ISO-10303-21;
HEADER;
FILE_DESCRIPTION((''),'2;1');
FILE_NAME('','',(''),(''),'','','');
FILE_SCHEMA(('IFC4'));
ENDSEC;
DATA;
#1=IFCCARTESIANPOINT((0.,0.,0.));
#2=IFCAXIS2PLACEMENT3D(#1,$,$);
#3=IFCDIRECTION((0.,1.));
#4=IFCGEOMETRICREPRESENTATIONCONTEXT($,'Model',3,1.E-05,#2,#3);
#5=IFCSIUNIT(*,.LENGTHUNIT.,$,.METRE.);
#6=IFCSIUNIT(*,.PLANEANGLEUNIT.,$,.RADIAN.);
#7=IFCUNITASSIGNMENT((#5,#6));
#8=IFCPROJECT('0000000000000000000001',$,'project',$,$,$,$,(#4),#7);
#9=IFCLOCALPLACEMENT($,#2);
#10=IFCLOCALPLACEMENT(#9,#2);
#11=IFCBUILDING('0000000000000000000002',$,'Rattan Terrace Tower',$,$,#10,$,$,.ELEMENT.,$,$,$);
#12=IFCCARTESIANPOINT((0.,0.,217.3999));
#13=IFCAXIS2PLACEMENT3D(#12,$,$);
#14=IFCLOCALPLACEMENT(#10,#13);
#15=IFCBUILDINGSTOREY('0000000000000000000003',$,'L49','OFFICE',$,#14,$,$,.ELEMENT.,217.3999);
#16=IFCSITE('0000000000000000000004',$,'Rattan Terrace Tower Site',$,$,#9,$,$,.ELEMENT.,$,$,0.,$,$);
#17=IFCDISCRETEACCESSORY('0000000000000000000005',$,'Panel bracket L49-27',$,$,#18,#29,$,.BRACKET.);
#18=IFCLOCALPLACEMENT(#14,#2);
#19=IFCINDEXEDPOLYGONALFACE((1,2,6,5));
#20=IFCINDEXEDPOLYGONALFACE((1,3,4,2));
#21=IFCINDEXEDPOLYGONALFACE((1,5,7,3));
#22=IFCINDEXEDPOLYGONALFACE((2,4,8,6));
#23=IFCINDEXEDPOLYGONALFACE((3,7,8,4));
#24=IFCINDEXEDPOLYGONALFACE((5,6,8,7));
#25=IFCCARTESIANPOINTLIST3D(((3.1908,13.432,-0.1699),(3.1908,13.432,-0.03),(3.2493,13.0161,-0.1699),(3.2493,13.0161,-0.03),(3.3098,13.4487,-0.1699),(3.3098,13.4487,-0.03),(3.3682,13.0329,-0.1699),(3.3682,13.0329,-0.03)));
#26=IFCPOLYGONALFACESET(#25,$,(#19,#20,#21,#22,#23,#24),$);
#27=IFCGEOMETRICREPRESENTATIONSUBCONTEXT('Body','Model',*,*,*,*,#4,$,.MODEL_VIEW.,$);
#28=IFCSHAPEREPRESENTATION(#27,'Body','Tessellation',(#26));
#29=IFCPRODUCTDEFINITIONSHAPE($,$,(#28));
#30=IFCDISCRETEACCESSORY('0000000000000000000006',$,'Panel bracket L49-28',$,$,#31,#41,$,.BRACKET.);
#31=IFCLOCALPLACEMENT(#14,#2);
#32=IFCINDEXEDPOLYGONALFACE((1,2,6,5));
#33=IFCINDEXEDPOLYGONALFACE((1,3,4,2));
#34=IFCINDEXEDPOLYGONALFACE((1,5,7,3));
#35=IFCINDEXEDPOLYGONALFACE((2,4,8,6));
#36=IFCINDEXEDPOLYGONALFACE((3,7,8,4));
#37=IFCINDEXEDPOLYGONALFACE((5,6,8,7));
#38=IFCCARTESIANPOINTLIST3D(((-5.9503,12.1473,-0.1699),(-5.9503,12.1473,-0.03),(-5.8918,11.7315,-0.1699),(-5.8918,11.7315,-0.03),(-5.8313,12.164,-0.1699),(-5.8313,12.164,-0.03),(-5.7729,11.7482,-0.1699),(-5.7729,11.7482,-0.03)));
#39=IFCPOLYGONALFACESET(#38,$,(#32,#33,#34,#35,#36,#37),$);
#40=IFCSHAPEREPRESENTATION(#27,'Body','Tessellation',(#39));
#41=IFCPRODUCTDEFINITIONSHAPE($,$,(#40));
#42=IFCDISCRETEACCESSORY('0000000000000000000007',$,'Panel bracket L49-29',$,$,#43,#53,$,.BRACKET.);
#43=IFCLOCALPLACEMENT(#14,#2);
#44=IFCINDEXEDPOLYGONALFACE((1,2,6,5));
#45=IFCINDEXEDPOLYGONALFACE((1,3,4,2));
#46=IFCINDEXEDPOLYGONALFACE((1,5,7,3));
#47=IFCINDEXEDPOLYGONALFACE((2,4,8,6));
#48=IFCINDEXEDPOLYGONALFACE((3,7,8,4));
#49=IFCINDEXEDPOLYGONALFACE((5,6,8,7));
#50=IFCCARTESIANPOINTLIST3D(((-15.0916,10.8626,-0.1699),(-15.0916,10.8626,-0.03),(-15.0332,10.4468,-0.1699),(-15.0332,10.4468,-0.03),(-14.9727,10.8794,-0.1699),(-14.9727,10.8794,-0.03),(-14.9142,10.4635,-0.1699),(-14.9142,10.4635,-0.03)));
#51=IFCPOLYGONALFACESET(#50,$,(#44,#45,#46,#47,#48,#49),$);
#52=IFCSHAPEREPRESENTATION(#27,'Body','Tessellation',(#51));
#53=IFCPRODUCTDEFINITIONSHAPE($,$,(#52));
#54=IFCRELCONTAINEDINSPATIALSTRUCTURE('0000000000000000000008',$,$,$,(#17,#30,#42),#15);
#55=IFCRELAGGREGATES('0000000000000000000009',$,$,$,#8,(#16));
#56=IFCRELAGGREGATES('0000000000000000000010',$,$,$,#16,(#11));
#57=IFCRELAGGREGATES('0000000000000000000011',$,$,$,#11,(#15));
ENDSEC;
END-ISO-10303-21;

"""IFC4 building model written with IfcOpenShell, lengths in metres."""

from ifc_helpers import new_model, si_unit, direction, frame, origin, origin_2d, place, context, subcontext, project, spatial, rectangle, extrude, element, save


model = new_model("IFC4")

# Units and contexts
model_context = context("Model", 3, precision=1e-05, world=origin(), true_north=direction((0.0, 1.0)))
body_context = subcontext(model_context, "Body", "Model", "MODEL_VIEW")
ifc_project = project(units=[si_unit("LENGTHUNIT", "METRE"), si_unit("PLANEANGLEUNIT", "RADIAN")], contexts=[model_context])

# Site, building, storey
site_placement = place(None, origin())
site = spatial("IfcSite", under=ifc_project, at=site_placement, Name="Rattan Terrace Tower Site", CompositionType="ELEMENT", RefElevation=0.0)
building_placement = place(site_placement, origin())
building = spatial("IfcBuilding", under=site, at=building_placement, Name="Rattan Terrace Tower", CompositionType="ELEMENT")
storey_placement = place(building_placement, frame((0.0, 0.0, 217.3999)))
storey = spatial("IfcBuildingStorey", under=building, at=storey_placement, Name="L49", Description="OFFICE", CompositionType="ELEMENT", Elevation=217.3999)

# Discrete accessories
for number, where, z_axis, x_axis, name in (
    (1, (3.2795, 13.2324, -0.1699), (0.0, 0.0, 1.0), (-0.990267, -0.139177, 0.0), "Panel bracket L49-27"),
    (2, (-5.8616, 11.9478, -0.1699), (0.0, 0.0, 1.0), (-0.990267, -0.139177, 0.0), "Panel bracket L49-28"),
    (3, (-15.0029, 10.6631, -0.1699), (0.0, 0.0, 1.0), (-0.990267, -0.139177, 0.0), "Panel bracket L49-29"),
):
    element("IfcDiscreteAccessory", number, at=place(storey_placement, frame(where, z_axis=z_axis, x_axis=x_axis)), inside=storey, Name=name, PredefinedType="BRACKET", context=body_context, shape_type="SweptSolid", body=[
        extrude(rectangle(XDim=0.1201, YDim=0.4199, at=origin_2d()), origin(), (0.0, 0.0, 1.0), 0.1399),
    ])

save(model, "model.ifc")
